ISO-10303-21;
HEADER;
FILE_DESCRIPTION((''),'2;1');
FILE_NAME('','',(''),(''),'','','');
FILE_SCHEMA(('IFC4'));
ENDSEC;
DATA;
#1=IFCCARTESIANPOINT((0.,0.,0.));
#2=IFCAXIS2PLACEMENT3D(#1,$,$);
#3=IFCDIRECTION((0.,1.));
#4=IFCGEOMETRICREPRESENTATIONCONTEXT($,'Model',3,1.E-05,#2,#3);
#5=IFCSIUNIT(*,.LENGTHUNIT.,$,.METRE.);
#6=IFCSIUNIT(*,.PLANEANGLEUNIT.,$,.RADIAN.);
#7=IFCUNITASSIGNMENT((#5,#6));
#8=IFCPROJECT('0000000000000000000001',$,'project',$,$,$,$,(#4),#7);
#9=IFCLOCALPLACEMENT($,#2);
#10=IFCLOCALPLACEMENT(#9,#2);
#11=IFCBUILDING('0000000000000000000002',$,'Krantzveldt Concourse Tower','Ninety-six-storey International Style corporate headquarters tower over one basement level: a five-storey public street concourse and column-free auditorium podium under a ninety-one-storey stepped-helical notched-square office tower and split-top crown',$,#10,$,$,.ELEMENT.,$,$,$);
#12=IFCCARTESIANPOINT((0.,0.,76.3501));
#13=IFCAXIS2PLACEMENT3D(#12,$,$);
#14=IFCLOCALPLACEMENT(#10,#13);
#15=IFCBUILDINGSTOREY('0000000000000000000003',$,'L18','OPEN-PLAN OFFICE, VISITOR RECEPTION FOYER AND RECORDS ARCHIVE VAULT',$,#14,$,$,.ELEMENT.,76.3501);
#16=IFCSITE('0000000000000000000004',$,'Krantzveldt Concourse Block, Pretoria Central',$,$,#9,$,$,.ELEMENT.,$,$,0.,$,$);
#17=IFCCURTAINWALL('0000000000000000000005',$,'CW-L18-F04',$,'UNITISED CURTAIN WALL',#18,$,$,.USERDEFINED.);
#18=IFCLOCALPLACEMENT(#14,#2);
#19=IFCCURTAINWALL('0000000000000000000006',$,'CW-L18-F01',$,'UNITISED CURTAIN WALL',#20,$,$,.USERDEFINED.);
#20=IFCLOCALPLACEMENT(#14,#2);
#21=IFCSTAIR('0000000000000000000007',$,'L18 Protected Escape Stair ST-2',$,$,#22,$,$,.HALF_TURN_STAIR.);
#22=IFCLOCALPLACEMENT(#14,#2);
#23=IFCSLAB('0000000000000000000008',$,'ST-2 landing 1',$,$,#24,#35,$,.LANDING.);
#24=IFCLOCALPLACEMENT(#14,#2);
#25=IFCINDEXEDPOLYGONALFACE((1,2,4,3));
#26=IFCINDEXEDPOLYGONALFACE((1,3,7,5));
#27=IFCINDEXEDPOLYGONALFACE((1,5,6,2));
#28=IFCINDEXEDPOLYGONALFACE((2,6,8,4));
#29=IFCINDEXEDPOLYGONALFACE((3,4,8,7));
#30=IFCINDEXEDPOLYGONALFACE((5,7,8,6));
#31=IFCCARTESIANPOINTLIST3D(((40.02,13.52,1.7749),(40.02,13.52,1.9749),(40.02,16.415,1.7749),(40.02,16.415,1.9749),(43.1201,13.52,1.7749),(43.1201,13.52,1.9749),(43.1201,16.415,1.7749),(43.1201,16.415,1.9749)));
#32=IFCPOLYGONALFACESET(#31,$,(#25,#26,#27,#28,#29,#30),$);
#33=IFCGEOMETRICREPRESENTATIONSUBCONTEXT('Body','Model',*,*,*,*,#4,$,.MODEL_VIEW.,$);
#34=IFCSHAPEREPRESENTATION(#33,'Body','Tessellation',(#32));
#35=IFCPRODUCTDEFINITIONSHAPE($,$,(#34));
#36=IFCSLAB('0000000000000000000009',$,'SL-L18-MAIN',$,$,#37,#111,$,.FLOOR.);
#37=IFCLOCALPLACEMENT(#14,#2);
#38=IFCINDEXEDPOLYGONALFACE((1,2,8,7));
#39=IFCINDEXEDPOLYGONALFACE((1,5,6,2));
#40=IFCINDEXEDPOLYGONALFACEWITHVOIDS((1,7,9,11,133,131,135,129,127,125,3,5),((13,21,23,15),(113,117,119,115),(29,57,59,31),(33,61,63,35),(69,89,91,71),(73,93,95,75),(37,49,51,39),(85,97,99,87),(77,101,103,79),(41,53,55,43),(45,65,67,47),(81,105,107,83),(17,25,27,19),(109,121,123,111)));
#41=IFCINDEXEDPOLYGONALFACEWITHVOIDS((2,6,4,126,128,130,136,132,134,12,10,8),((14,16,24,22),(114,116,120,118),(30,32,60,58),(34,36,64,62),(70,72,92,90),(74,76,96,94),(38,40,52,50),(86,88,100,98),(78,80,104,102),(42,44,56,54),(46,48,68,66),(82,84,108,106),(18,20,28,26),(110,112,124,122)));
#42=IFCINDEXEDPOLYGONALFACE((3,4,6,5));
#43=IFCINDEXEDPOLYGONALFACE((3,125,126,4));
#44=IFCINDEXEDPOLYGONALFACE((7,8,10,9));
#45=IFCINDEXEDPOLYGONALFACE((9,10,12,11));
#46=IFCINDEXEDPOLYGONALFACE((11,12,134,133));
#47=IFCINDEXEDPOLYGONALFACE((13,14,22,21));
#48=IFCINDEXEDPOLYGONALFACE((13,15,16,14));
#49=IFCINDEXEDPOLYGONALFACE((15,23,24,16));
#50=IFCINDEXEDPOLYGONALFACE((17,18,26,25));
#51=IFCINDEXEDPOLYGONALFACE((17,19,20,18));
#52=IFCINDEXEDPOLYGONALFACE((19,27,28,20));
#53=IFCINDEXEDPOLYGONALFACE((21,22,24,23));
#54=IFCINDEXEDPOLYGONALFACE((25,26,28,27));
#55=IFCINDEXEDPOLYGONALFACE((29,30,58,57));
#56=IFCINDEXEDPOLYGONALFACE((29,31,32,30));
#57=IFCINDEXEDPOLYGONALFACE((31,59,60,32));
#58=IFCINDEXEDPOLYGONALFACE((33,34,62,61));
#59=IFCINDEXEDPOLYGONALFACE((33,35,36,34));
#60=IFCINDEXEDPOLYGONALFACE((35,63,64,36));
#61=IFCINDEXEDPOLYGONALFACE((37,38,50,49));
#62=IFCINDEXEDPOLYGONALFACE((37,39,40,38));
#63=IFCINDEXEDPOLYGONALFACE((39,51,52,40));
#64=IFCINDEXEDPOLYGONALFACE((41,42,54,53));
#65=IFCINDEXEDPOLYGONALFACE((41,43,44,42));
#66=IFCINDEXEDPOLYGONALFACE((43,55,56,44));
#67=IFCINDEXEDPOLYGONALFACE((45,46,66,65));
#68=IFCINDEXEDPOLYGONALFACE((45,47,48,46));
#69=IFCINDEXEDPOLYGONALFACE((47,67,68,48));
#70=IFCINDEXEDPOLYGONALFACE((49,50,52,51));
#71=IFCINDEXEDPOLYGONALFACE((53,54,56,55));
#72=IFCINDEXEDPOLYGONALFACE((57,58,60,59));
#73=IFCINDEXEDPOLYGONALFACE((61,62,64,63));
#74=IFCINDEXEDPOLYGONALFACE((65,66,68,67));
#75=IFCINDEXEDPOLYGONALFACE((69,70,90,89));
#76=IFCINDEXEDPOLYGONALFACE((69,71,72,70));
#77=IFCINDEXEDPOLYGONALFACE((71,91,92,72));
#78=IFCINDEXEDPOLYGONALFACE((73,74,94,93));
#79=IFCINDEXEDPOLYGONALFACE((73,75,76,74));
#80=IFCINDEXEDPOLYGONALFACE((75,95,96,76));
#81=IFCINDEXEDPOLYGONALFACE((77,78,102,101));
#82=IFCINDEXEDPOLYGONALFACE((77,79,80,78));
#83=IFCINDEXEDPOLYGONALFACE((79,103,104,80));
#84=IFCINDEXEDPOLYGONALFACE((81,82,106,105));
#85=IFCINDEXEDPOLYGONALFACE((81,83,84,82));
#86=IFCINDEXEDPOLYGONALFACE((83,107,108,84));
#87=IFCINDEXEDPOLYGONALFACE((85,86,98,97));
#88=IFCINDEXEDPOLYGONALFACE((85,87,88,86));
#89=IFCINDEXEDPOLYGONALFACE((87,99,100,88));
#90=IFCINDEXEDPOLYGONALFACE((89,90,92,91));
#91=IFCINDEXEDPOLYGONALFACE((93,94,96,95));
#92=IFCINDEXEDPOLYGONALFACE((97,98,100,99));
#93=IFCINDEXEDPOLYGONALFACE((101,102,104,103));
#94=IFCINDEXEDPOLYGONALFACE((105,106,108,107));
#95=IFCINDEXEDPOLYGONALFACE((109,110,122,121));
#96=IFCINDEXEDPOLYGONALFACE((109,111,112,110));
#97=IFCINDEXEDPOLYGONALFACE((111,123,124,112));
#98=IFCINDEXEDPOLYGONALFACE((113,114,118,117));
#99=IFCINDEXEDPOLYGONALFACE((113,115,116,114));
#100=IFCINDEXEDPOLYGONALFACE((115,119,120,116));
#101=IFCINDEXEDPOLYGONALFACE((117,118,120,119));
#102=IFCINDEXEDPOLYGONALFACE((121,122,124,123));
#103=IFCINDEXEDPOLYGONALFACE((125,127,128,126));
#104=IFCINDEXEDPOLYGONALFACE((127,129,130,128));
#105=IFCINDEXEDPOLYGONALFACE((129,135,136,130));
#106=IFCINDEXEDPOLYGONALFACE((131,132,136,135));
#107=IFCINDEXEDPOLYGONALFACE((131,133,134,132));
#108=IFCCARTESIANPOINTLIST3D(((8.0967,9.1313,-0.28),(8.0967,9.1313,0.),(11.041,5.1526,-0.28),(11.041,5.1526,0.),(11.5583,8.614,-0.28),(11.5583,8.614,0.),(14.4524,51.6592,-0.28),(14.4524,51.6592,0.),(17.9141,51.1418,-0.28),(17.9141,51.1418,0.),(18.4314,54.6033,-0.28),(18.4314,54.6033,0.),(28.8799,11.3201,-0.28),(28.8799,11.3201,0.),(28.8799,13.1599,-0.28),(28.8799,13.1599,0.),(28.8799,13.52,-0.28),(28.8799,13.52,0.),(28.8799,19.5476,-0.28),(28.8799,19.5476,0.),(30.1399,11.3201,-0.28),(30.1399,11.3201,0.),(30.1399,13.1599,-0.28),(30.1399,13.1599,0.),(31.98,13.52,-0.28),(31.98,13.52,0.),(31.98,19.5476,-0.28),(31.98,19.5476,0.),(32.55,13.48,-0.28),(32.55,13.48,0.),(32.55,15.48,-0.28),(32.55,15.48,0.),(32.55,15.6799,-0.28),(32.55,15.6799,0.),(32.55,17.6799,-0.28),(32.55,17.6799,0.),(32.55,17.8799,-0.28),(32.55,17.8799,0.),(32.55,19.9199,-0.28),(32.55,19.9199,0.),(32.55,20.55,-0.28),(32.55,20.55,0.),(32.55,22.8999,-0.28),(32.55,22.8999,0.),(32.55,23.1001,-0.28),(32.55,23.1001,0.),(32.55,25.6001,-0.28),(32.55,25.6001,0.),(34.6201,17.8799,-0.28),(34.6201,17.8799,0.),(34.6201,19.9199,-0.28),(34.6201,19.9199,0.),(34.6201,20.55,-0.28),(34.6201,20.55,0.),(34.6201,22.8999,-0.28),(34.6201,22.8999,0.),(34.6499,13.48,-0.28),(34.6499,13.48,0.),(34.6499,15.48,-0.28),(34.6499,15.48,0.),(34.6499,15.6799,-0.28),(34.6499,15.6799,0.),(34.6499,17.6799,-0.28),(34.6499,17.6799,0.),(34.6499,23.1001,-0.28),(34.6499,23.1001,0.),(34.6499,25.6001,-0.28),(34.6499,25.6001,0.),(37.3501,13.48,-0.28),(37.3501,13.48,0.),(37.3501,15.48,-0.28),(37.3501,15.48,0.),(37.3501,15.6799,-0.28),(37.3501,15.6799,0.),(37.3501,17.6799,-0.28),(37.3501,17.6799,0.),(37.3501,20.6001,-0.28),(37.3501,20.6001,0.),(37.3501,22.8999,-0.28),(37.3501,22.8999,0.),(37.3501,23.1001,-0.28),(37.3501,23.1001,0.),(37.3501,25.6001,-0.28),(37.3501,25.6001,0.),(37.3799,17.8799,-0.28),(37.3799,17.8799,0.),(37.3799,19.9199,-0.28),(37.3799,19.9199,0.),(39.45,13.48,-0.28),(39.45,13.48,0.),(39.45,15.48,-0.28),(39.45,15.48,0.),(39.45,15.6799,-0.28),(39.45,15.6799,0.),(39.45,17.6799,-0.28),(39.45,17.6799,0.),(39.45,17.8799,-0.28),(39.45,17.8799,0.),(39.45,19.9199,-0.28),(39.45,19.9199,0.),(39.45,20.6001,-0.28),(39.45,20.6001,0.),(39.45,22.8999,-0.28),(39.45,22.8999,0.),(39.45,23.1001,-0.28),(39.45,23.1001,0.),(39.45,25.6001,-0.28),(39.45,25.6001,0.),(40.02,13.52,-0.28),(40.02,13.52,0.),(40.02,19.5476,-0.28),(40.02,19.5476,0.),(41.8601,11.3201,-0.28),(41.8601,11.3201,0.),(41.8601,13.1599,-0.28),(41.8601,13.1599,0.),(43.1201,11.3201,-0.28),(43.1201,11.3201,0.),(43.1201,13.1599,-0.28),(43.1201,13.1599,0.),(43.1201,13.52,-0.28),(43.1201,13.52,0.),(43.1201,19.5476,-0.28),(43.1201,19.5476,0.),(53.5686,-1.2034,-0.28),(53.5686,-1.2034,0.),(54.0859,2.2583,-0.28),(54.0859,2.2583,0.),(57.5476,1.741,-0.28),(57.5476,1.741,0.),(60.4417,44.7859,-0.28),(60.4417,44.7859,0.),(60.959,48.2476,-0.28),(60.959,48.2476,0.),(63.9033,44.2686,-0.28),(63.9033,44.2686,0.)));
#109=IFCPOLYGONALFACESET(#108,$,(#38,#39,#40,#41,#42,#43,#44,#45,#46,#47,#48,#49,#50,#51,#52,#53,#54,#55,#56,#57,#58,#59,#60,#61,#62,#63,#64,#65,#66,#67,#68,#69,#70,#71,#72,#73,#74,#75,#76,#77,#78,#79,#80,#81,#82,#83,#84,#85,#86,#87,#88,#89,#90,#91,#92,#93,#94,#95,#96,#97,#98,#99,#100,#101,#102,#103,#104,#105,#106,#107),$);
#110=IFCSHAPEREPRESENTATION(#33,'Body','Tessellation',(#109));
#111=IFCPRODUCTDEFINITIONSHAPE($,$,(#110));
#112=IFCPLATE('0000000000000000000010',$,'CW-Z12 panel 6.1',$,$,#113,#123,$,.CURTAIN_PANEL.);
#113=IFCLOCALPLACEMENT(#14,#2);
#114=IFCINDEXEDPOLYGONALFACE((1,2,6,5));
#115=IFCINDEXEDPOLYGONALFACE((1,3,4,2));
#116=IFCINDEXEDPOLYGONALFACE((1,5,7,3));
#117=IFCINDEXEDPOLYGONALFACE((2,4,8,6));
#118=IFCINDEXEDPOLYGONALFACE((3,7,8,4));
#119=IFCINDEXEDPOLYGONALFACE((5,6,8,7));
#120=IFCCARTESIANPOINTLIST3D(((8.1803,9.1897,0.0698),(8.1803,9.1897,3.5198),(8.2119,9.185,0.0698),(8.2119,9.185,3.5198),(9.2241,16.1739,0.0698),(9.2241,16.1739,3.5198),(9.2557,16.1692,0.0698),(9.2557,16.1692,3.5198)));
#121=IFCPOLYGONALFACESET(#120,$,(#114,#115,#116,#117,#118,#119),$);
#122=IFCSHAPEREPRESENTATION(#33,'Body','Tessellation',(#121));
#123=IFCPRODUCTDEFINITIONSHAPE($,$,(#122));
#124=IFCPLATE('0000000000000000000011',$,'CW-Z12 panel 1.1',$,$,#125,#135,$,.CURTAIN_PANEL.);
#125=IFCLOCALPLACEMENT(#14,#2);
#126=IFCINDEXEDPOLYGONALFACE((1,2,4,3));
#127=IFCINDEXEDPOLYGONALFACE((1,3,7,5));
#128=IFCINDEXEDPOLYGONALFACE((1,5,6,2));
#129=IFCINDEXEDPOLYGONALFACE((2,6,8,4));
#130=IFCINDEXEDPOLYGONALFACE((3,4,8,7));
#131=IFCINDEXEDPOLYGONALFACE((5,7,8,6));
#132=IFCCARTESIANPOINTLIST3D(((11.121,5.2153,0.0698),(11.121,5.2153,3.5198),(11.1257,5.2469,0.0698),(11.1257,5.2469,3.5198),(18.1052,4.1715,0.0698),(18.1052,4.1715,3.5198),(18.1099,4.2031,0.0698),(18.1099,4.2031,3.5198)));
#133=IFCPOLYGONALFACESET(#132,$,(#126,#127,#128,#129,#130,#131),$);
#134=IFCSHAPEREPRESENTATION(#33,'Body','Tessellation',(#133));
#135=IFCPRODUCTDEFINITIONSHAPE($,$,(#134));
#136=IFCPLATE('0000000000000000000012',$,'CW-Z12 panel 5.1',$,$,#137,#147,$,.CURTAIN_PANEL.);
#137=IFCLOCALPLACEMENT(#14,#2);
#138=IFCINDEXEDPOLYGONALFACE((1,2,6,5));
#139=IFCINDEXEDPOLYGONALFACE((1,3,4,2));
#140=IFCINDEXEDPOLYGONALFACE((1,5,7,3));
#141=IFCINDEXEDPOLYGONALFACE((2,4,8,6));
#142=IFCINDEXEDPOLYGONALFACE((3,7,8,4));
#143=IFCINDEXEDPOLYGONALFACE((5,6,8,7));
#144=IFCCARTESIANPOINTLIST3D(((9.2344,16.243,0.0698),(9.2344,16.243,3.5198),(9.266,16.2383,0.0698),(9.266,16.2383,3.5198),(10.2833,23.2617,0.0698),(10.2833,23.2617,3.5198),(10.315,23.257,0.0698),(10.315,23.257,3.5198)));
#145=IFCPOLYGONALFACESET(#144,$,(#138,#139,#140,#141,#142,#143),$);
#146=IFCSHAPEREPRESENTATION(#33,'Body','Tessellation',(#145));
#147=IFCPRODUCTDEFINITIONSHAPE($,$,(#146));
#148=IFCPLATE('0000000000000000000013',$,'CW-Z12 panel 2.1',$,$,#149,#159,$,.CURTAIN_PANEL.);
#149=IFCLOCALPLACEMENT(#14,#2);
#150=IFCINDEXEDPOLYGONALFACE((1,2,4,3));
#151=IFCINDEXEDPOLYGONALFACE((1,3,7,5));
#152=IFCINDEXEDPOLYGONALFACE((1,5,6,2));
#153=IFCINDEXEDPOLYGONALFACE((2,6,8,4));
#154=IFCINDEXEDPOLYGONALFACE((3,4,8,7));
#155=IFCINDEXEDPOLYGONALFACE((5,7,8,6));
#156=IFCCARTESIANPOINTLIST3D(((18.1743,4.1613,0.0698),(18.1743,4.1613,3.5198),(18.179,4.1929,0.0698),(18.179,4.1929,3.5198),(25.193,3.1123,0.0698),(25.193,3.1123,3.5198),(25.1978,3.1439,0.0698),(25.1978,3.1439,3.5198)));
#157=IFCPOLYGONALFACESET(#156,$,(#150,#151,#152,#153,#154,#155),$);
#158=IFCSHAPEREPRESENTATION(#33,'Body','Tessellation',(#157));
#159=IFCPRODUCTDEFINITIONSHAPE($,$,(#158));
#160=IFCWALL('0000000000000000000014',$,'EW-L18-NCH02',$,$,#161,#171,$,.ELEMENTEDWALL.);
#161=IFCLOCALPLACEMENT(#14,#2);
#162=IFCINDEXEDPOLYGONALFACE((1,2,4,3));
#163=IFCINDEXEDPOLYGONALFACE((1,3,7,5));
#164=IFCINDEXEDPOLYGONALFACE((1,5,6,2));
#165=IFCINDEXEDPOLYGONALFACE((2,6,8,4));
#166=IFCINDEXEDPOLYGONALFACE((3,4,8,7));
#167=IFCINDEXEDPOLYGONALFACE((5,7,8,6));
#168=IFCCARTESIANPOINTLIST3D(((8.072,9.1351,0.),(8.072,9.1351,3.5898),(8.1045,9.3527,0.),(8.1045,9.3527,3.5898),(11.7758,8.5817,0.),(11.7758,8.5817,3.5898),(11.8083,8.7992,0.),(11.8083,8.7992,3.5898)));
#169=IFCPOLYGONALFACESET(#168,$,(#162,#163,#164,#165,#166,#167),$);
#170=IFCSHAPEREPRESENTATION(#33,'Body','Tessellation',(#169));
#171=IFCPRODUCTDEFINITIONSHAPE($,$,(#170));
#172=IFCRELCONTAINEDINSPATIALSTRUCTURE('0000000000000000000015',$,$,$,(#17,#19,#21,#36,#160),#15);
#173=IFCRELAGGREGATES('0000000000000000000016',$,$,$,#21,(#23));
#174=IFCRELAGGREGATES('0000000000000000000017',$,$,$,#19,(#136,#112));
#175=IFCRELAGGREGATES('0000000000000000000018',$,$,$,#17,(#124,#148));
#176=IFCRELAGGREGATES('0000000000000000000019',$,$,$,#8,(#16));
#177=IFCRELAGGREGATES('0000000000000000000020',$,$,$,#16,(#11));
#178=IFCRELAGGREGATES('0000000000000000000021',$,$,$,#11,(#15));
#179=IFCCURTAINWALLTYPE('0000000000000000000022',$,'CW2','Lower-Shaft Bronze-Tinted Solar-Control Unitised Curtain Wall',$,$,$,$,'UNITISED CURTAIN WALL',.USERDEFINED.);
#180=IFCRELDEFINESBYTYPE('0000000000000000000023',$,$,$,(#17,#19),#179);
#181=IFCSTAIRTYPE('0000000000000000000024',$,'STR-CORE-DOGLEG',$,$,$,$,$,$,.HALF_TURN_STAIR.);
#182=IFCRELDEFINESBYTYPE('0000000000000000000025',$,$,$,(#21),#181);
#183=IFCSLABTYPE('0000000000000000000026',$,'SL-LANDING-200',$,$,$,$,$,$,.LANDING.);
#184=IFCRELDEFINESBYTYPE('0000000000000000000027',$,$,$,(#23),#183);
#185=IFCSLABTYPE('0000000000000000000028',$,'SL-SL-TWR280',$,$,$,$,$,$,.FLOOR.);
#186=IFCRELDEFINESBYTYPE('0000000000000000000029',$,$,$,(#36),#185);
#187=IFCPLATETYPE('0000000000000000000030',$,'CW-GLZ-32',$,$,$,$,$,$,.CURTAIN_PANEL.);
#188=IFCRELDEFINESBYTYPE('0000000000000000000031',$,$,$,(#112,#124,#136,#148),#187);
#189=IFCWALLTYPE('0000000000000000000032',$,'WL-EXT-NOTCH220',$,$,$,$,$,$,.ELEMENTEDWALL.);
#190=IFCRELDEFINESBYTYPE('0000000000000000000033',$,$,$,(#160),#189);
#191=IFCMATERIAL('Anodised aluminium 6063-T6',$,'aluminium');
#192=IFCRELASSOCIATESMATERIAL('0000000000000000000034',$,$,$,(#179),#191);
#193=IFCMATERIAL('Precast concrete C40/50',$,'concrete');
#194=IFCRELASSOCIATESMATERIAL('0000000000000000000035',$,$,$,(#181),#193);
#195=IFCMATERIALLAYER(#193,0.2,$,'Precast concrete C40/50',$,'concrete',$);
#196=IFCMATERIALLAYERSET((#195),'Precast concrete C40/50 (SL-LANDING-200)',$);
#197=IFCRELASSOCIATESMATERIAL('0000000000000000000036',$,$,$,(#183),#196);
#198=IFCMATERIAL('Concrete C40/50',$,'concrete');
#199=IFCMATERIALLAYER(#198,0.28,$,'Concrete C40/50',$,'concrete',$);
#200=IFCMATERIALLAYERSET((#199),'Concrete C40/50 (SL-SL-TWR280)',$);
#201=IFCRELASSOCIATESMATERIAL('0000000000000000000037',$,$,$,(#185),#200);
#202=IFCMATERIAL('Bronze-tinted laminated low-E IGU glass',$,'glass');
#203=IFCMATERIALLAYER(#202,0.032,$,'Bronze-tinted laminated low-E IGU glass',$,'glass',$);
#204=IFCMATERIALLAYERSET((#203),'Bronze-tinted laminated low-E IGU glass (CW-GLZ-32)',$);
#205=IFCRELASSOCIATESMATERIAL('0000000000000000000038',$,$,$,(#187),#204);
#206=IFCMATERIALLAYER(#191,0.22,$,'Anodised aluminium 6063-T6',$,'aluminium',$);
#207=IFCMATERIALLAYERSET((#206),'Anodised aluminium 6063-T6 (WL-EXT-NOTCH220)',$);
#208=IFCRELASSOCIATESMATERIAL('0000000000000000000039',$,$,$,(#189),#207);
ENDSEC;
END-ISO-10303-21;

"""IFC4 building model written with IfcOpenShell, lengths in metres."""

from ifc_helpers import new_model, si_unit, direction, frame, frame_2d, origin, origin_2d, place, context, subcontext, project, spatial, polyline, rectangle, outline, extrude, source, transform, mapped, material, layer, layer_set, type_object, type_shapes, element, aggregate, save


model = new_model("IFC4")

# Units and contexts
model_context = context("Model", 3, precision=1e-05, world=origin(), true_north=direction((0.0, 1.0)))
body_context = subcontext(model_context, "Body", "Model", "MODEL_VIEW")
ifc_project = project(units=[si_unit("LENGTHUNIT", "METRE"), si_unit("PLANEANGLEUNIT", "RADIAN")], contexts=[model_context])

# Site, building, storey
site_placement = place(None, origin())
site = spatial("IfcSite", under=ifc_project, at=site_placement, Name="Krantzveldt Concourse Block, Pretoria Central", CompositionType="ELEMENT", RefElevation=0.0)
building_placement = place(site_placement, origin())
building = spatial("IfcBuilding", under=site, at=building_placement, Name="Krantzveldt Concourse Tower", Description="Ninety-six-storey International Style corporate headquarters tower over one basement level: a five-storey public street concourse and column-free auditorium podium under a ninety-one-storey stepped-helical notched-square office tower and split-top crown", CompositionType="ELEMENT")
storey_placement = place(building_placement, frame((0.0, 0.0, 76.3501)))
storey = spatial("IfcBuildingStorey", under=building, at=storey_placement, Name="L18", Description="OPEN-PLAN OFFICE, VISITOR RECEPTION FOYER AND RECORDS ARCHIVE VAULT", CompositionType="ELEMENT", Elevation=76.3501)

# Curtain walls
ifc_material_1 = material(Name="Anodised aluminium 6063-T6", Category="aluminium")
curtain_wall_type = type_object("IfcCurtainWallType", Name="CW2", Description="Lower-Shaft Bronze-Tinted Solar-Control Unitised Curtain Wall", ElementType="UNITISED CURTAIN WALL", PredefinedType="USERDEFINED", material=ifc_material_1)
curtain_wall_1_placement = place(storey_placement, origin())
curtain_wall_1 = element("IfcCurtainWall", 1, at=curtain_wall_1_placement, inside=storey, type_object=curtain_wall_type, Name="CW-L18-F04", ObjectType="UNITISED CURTAIN WALL", PredefinedType="USERDEFINED")
curtain_wall_2_placement = place(storey_placement, origin())
curtain_wall_2 = element("IfcCurtainWall", 2, at=curtain_wall_2_placement, inside=storey, type_object=curtain_wall_type, Name="CW-L18-F01", ObjectType="UNITISED CURTAIN WALL", PredefinedType="USERDEFINED")

# Stair, slab
ifc_material_2 = material(Name="Precast concrete C40/50", Category="concrete")
stair_type = type_object("IfcStairType", Name="STR-CORE-DOGLEG", PredefinedType="HALF_TURN_STAIR", material=ifc_material_2)
ifc_layer_1 = layer(ifc_material_2, 0.2, Name="Precast concrete C40/50", Category="concrete")
ifc_layer_set_1 = layer_set([ifc_layer_1], Name="Precast concrete C40/50 (SL-LANDING-200)")
slab_type_1 = type_object("IfcSlabType", Name="SL-LANDING-200", PredefinedType="LANDING", material=ifc_layer_set_1)
stair_1_placement = place(storey_placement, origin())
stair_1 = element("IfcStair", 3, at=stair_1_placement, inside=storey, type_object=stair_type, Name="L18 Protected Escape Stair ST-2", PredefinedType="HALF_TURN_STAIR")
slab_1_placement = place(storey_placement, frame((0.0, 0.0, 1.7749)))
slab_1 = element("IfcSlab", 4, at=slab_1_placement, type_object=slab_type_1, Name="ST-2 landing 1", PredefinedType="LANDING", context=body_context, shape_type="SweptSolid", body=[
    extrude(outline(polyline([(40.02, 16.415), (40.02, 13.52), (43.1201, 13.52), (43.1201, 16.415), (40.02, 16.415)])), origin(), (0.0, 0.0, 1.0), 0.2),
])
aggregate(stair_1, [slab_1])

# Slab
ifc_material_3 = material(Name="Concrete C40/50", Category="concrete")
ifc_layer_2 = layer(ifc_material_3, 0.28, Name="Concrete C40/50", Category="concrete")
ifc_layer_set_2 = layer_set([ifc_layer_2], Name="Concrete C40/50 (SL-SL-TWR280)")
slab_type_2 = type_object("IfcSlabType", Name="SL-SL-TWR280", PredefinedType="FLOOR", material=ifc_layer_set_2)
slab_2_placement = place(storey_placement, frame((0.0, 0.0, -0.28)))
element("IfcSlab", 5, at=slab_2_placement, inside=storey, type_object=slab_type_2, Name="SL-L18-MAIN", PredefinedType="FLOOR", context=body_context, shape_type="SweptSolid", body=[
    extrude(outline(polyline([(17.9141, 51.1418), (14.4524, 51.6592), (8.0967, 9.1313), (11.5583, 8.614), (11.041, 5.1526), (53.5686, -1.2034), (54.0859, 2.2583), (57.5476, 1.741), (63.9033, 44.2686), (60.4417, 44.7859), (60.959, 48.2476), (18.4314, 54.6033), (17.9141, 51.1418)]), holes=[polyline([(28.8799, 19.5476), (28.8799, 13.52), (31.98, 13.52), (31.98, 19.5476), (28.8799, 19.5476)]), polyline([(40.02, 19.5476), (40.02, 13.52), (43.1201, 13.52), (43.1201, 19.5476), (40.02, 19.5476)]), polyline([(32.55, 23.1001), (34.6499, 23.1001), (34.6499, 25.6001), (32.55, 25.6001), (32.55, 23.1001)]), polyline([(37.3501, 23.1001), (39.45, 23.1001), (39.45, 25.6001), (37.3501, 25.6001), (37.3501, 23.1001)]), polyline([(37.3501, 20.6001), (39.45, 20.6001), (39.45, 22.8999), (37.3501, 22.8999), (37.3501, 20.6001)]), polyline([(32.55, 13.48), (34.6499, 13.48), (34.6499, 15.48), (32.55, 15.48), (32.55, 13.48)]), polyline([(32.55, 15.6799), (34.6499, 15.6799), (34.6499, 17.6799), (32.55, 17.6799), (32.55, 15.6799)]), polyline([(37.3501, 13.48), (39.45, 13.48), (39.45, 15.48), (37.3501, 15.48), (37.3501, 13.48)]), polyline([(37.3501, 15.6799), (39.45, 15.6799), (39.45, 17.6799), (37.3501, 17.6799), (37.3501, 15.6799)]), polyline([(32.55, 20.55), (34.6201, 20.55), (34.6201, 22.8999), (32.55, 22.8999), (32.55, 20.55)]), polyline([(32.55, 17.8799), (34.6201, 17.8799), (34.6201, 19.9199), (32.55, 19.9199), (32.55, 17.8799)]), polyline([(37.3799, 17.8799), (39.45, 17.8799), (39.45, 19.9199), (37.3799, 19.9199), (37.3799, 17.8799)]), polyline([(28.8799, 11.3201), (30.1399, 11.3201), (30.1399, 13.1599), (28.8799, 13.1599), (28.8799, 11.3201)]), polyline([(41.8601, 11.3201), (43.1201, 11.3201), (43.1201, 13.1599), (41.8601, 13.1599), (41.8601, 11.3201)])]), origin(), (0.0, 0.0, 1.0), 0.28),
])

# Plates
ifc_material_4 = material(Name="Bronze-tinted laminated low-E IGU glass", Category="glass")
ifc_layer_3 = layer(ifc_material_4, 0.032, Name="Bronze-tinted laminated low-E IGU glass", Category="glass")
ifc_layer_set_3 = layer_set([ifc_layer_3], Name="Bronze-tinted laminated low-E IGU glass (CW-GLZ-32)")
plate_type = type_object("IfcPlateType", Name="CW-GLZ-32", PredefinedType="CURTAIN_PANEL", material=ifc_layer_set_3)
shared_shape_1 = source(origin(), body_context, "Body", "SweptSolid", [
    extrude(rectangle(XDim=7.0618, YDim=0.032, at=origin_2d()), origin(), (0.0, 0.0, 1.0), 3.45),
])
plate_1_placement = place(storey_placement, frame((8.718, 12.6794, 0.0698), z_axis=(0.0, 0.0, 1.0), x_axis=(-0.14781, -0.989016, 0.0)))
plate_1 = element("IfcPlate", 6, at=plate_1_placement, type_object=plate_type, Name="CW-Z12 panel 6.1", PredefinedType="CURTAIN_PANEL", context=body_context, shape_type="MappedRepresentation", body=[
    mapped(shared_shape_1, transform((0.0, 0.0, 0.0), x_axis=(1.0, 0.0, 0.0), y_axis=(0.0, 1.0, 0.0), z_axis=(0.0, 0.0, 1.0), scale=1.0)),
])
plate_2_placement = place(storey_placement, frame((14.6155, 4.7092, 0.0698), z_axis=(0.0, 0.0, 1.0), x_axis=(0.989016, -0.14781, 0.0)))
plate_2 = element("IfcPlate", 7, at=plate_2_placement, type_object=plate_type, Name="CW-Z12 panel 1.1", PredefinedType="CURTAIN_PANEL", context=body_context, shape_type="MappedRepresentation", body=[
    mapped(shared_shape_1, transform((0.0, 0.0, 0.0), x_axis=(1.0, 0.0, 0.0), y_axis=(0.0, 1.0, 0.0), z_axis=(0.0, 0.0, 1.0), scale=1.0)),
])
shared_shape_2 = source(origin(), body_context, "Body", "SweptSolid", [
    extrude(rectangle(XDim=7.0967, YDim=0.032, at=origin_2d()), origin(), (0.0, 0.0, 1.0), 3.45),
])
type_shapes(plate_type, [shared_shape_1, shared_shape_2])
plate_3_placement = place(storey_placement, frame((9.7747, 19.75, 0.0698), z_axis=(0.0, 0.0, 1.0), x_axis=(-0.14781, -0.989016, 0.0)))
plate_3 = element("IfcPlate", 8, at=plate_3_placement, type_object=plate_type, Name="CW-Z12 panel 5.1", PredefinedType="CURTAIN_PANEL", context=body_context, shape_type="MappedRepresentation", body=[
    mapped(shared_shape_2, transform((0.0, 0.0, 0.0), x_axis=(1.0, 0.0, 0.0), y_axis=(0.0, 1.0, 0.0), z_axis=(0.0, 0.0, 1.0), scale=1.0)),
])
aggregate(curtain_wall_2, [plate_3, plate_1])
plate_4_placement = place(storey_placement, frame((21.686, 3.6526, 0.0698), z_axis=(0.0, 0.0, 1.0), x_axis=(0.989016, -0.14781, 0.0)))
plate_4 = element("IfcPlate", 9, at=plate_4_placement, type_object=plate_type, Name="CW-Z12 panel 2.1", PredefinedType="CURTAIN_PANEL", context=body_context, shape_type="MappedRepresentation", body=[
    mapped(shared_shape_2, transform((0.0, 0.0, 0.0), x_axis=(1.0, 0.0, 0.0), y_axis=(0.0, 1.0, 0.0), z_axis=(0.0, 0.0, 1.0), scale=1.0)),
])
aggregate(curtain_wall_1, [plate_2, plate_4])

# Wall
ifc_layer_4 = layer(ifc_material_1, 0.22, Name="Anodised aluminium 6063-T6", Category="aluminium")
ifc_layer_set_4 = layer_set([ifc_layer_4], Name="Anodised aluminium 6063-T6 (WL-EXT-NOTCH220)")
wall_type_1 = type_object("IfcWallType", Name="WL-EXT-NOTCH220", PredefinedType="ELEMENTEDWALL", material=ifc_layer_set_4)
wall_1_placement = place(storey_placement, frame((8.0881, 9.2439, 0.0), z_axis=(0.0, 0.0, 1.0), x_axis=(0.989019, -0.147789, 0.0)))
element("IfcWall", 10, at=wall_1_placement, inside=storey, type_object=wall_type_1, Name="EW-L18-NCH02", PredefinedType="ELEMENTEDWALL", context=body_context, shape_type="SweptSolid", body=[
    extrude(rectangle(XDim=3.7449, YDim=0.22, at=frame_2d((1.8726, 0.0))), origin(), (0.0, 0.0, 1.0), 3.5898),
])

save(model, "model.ifc")
